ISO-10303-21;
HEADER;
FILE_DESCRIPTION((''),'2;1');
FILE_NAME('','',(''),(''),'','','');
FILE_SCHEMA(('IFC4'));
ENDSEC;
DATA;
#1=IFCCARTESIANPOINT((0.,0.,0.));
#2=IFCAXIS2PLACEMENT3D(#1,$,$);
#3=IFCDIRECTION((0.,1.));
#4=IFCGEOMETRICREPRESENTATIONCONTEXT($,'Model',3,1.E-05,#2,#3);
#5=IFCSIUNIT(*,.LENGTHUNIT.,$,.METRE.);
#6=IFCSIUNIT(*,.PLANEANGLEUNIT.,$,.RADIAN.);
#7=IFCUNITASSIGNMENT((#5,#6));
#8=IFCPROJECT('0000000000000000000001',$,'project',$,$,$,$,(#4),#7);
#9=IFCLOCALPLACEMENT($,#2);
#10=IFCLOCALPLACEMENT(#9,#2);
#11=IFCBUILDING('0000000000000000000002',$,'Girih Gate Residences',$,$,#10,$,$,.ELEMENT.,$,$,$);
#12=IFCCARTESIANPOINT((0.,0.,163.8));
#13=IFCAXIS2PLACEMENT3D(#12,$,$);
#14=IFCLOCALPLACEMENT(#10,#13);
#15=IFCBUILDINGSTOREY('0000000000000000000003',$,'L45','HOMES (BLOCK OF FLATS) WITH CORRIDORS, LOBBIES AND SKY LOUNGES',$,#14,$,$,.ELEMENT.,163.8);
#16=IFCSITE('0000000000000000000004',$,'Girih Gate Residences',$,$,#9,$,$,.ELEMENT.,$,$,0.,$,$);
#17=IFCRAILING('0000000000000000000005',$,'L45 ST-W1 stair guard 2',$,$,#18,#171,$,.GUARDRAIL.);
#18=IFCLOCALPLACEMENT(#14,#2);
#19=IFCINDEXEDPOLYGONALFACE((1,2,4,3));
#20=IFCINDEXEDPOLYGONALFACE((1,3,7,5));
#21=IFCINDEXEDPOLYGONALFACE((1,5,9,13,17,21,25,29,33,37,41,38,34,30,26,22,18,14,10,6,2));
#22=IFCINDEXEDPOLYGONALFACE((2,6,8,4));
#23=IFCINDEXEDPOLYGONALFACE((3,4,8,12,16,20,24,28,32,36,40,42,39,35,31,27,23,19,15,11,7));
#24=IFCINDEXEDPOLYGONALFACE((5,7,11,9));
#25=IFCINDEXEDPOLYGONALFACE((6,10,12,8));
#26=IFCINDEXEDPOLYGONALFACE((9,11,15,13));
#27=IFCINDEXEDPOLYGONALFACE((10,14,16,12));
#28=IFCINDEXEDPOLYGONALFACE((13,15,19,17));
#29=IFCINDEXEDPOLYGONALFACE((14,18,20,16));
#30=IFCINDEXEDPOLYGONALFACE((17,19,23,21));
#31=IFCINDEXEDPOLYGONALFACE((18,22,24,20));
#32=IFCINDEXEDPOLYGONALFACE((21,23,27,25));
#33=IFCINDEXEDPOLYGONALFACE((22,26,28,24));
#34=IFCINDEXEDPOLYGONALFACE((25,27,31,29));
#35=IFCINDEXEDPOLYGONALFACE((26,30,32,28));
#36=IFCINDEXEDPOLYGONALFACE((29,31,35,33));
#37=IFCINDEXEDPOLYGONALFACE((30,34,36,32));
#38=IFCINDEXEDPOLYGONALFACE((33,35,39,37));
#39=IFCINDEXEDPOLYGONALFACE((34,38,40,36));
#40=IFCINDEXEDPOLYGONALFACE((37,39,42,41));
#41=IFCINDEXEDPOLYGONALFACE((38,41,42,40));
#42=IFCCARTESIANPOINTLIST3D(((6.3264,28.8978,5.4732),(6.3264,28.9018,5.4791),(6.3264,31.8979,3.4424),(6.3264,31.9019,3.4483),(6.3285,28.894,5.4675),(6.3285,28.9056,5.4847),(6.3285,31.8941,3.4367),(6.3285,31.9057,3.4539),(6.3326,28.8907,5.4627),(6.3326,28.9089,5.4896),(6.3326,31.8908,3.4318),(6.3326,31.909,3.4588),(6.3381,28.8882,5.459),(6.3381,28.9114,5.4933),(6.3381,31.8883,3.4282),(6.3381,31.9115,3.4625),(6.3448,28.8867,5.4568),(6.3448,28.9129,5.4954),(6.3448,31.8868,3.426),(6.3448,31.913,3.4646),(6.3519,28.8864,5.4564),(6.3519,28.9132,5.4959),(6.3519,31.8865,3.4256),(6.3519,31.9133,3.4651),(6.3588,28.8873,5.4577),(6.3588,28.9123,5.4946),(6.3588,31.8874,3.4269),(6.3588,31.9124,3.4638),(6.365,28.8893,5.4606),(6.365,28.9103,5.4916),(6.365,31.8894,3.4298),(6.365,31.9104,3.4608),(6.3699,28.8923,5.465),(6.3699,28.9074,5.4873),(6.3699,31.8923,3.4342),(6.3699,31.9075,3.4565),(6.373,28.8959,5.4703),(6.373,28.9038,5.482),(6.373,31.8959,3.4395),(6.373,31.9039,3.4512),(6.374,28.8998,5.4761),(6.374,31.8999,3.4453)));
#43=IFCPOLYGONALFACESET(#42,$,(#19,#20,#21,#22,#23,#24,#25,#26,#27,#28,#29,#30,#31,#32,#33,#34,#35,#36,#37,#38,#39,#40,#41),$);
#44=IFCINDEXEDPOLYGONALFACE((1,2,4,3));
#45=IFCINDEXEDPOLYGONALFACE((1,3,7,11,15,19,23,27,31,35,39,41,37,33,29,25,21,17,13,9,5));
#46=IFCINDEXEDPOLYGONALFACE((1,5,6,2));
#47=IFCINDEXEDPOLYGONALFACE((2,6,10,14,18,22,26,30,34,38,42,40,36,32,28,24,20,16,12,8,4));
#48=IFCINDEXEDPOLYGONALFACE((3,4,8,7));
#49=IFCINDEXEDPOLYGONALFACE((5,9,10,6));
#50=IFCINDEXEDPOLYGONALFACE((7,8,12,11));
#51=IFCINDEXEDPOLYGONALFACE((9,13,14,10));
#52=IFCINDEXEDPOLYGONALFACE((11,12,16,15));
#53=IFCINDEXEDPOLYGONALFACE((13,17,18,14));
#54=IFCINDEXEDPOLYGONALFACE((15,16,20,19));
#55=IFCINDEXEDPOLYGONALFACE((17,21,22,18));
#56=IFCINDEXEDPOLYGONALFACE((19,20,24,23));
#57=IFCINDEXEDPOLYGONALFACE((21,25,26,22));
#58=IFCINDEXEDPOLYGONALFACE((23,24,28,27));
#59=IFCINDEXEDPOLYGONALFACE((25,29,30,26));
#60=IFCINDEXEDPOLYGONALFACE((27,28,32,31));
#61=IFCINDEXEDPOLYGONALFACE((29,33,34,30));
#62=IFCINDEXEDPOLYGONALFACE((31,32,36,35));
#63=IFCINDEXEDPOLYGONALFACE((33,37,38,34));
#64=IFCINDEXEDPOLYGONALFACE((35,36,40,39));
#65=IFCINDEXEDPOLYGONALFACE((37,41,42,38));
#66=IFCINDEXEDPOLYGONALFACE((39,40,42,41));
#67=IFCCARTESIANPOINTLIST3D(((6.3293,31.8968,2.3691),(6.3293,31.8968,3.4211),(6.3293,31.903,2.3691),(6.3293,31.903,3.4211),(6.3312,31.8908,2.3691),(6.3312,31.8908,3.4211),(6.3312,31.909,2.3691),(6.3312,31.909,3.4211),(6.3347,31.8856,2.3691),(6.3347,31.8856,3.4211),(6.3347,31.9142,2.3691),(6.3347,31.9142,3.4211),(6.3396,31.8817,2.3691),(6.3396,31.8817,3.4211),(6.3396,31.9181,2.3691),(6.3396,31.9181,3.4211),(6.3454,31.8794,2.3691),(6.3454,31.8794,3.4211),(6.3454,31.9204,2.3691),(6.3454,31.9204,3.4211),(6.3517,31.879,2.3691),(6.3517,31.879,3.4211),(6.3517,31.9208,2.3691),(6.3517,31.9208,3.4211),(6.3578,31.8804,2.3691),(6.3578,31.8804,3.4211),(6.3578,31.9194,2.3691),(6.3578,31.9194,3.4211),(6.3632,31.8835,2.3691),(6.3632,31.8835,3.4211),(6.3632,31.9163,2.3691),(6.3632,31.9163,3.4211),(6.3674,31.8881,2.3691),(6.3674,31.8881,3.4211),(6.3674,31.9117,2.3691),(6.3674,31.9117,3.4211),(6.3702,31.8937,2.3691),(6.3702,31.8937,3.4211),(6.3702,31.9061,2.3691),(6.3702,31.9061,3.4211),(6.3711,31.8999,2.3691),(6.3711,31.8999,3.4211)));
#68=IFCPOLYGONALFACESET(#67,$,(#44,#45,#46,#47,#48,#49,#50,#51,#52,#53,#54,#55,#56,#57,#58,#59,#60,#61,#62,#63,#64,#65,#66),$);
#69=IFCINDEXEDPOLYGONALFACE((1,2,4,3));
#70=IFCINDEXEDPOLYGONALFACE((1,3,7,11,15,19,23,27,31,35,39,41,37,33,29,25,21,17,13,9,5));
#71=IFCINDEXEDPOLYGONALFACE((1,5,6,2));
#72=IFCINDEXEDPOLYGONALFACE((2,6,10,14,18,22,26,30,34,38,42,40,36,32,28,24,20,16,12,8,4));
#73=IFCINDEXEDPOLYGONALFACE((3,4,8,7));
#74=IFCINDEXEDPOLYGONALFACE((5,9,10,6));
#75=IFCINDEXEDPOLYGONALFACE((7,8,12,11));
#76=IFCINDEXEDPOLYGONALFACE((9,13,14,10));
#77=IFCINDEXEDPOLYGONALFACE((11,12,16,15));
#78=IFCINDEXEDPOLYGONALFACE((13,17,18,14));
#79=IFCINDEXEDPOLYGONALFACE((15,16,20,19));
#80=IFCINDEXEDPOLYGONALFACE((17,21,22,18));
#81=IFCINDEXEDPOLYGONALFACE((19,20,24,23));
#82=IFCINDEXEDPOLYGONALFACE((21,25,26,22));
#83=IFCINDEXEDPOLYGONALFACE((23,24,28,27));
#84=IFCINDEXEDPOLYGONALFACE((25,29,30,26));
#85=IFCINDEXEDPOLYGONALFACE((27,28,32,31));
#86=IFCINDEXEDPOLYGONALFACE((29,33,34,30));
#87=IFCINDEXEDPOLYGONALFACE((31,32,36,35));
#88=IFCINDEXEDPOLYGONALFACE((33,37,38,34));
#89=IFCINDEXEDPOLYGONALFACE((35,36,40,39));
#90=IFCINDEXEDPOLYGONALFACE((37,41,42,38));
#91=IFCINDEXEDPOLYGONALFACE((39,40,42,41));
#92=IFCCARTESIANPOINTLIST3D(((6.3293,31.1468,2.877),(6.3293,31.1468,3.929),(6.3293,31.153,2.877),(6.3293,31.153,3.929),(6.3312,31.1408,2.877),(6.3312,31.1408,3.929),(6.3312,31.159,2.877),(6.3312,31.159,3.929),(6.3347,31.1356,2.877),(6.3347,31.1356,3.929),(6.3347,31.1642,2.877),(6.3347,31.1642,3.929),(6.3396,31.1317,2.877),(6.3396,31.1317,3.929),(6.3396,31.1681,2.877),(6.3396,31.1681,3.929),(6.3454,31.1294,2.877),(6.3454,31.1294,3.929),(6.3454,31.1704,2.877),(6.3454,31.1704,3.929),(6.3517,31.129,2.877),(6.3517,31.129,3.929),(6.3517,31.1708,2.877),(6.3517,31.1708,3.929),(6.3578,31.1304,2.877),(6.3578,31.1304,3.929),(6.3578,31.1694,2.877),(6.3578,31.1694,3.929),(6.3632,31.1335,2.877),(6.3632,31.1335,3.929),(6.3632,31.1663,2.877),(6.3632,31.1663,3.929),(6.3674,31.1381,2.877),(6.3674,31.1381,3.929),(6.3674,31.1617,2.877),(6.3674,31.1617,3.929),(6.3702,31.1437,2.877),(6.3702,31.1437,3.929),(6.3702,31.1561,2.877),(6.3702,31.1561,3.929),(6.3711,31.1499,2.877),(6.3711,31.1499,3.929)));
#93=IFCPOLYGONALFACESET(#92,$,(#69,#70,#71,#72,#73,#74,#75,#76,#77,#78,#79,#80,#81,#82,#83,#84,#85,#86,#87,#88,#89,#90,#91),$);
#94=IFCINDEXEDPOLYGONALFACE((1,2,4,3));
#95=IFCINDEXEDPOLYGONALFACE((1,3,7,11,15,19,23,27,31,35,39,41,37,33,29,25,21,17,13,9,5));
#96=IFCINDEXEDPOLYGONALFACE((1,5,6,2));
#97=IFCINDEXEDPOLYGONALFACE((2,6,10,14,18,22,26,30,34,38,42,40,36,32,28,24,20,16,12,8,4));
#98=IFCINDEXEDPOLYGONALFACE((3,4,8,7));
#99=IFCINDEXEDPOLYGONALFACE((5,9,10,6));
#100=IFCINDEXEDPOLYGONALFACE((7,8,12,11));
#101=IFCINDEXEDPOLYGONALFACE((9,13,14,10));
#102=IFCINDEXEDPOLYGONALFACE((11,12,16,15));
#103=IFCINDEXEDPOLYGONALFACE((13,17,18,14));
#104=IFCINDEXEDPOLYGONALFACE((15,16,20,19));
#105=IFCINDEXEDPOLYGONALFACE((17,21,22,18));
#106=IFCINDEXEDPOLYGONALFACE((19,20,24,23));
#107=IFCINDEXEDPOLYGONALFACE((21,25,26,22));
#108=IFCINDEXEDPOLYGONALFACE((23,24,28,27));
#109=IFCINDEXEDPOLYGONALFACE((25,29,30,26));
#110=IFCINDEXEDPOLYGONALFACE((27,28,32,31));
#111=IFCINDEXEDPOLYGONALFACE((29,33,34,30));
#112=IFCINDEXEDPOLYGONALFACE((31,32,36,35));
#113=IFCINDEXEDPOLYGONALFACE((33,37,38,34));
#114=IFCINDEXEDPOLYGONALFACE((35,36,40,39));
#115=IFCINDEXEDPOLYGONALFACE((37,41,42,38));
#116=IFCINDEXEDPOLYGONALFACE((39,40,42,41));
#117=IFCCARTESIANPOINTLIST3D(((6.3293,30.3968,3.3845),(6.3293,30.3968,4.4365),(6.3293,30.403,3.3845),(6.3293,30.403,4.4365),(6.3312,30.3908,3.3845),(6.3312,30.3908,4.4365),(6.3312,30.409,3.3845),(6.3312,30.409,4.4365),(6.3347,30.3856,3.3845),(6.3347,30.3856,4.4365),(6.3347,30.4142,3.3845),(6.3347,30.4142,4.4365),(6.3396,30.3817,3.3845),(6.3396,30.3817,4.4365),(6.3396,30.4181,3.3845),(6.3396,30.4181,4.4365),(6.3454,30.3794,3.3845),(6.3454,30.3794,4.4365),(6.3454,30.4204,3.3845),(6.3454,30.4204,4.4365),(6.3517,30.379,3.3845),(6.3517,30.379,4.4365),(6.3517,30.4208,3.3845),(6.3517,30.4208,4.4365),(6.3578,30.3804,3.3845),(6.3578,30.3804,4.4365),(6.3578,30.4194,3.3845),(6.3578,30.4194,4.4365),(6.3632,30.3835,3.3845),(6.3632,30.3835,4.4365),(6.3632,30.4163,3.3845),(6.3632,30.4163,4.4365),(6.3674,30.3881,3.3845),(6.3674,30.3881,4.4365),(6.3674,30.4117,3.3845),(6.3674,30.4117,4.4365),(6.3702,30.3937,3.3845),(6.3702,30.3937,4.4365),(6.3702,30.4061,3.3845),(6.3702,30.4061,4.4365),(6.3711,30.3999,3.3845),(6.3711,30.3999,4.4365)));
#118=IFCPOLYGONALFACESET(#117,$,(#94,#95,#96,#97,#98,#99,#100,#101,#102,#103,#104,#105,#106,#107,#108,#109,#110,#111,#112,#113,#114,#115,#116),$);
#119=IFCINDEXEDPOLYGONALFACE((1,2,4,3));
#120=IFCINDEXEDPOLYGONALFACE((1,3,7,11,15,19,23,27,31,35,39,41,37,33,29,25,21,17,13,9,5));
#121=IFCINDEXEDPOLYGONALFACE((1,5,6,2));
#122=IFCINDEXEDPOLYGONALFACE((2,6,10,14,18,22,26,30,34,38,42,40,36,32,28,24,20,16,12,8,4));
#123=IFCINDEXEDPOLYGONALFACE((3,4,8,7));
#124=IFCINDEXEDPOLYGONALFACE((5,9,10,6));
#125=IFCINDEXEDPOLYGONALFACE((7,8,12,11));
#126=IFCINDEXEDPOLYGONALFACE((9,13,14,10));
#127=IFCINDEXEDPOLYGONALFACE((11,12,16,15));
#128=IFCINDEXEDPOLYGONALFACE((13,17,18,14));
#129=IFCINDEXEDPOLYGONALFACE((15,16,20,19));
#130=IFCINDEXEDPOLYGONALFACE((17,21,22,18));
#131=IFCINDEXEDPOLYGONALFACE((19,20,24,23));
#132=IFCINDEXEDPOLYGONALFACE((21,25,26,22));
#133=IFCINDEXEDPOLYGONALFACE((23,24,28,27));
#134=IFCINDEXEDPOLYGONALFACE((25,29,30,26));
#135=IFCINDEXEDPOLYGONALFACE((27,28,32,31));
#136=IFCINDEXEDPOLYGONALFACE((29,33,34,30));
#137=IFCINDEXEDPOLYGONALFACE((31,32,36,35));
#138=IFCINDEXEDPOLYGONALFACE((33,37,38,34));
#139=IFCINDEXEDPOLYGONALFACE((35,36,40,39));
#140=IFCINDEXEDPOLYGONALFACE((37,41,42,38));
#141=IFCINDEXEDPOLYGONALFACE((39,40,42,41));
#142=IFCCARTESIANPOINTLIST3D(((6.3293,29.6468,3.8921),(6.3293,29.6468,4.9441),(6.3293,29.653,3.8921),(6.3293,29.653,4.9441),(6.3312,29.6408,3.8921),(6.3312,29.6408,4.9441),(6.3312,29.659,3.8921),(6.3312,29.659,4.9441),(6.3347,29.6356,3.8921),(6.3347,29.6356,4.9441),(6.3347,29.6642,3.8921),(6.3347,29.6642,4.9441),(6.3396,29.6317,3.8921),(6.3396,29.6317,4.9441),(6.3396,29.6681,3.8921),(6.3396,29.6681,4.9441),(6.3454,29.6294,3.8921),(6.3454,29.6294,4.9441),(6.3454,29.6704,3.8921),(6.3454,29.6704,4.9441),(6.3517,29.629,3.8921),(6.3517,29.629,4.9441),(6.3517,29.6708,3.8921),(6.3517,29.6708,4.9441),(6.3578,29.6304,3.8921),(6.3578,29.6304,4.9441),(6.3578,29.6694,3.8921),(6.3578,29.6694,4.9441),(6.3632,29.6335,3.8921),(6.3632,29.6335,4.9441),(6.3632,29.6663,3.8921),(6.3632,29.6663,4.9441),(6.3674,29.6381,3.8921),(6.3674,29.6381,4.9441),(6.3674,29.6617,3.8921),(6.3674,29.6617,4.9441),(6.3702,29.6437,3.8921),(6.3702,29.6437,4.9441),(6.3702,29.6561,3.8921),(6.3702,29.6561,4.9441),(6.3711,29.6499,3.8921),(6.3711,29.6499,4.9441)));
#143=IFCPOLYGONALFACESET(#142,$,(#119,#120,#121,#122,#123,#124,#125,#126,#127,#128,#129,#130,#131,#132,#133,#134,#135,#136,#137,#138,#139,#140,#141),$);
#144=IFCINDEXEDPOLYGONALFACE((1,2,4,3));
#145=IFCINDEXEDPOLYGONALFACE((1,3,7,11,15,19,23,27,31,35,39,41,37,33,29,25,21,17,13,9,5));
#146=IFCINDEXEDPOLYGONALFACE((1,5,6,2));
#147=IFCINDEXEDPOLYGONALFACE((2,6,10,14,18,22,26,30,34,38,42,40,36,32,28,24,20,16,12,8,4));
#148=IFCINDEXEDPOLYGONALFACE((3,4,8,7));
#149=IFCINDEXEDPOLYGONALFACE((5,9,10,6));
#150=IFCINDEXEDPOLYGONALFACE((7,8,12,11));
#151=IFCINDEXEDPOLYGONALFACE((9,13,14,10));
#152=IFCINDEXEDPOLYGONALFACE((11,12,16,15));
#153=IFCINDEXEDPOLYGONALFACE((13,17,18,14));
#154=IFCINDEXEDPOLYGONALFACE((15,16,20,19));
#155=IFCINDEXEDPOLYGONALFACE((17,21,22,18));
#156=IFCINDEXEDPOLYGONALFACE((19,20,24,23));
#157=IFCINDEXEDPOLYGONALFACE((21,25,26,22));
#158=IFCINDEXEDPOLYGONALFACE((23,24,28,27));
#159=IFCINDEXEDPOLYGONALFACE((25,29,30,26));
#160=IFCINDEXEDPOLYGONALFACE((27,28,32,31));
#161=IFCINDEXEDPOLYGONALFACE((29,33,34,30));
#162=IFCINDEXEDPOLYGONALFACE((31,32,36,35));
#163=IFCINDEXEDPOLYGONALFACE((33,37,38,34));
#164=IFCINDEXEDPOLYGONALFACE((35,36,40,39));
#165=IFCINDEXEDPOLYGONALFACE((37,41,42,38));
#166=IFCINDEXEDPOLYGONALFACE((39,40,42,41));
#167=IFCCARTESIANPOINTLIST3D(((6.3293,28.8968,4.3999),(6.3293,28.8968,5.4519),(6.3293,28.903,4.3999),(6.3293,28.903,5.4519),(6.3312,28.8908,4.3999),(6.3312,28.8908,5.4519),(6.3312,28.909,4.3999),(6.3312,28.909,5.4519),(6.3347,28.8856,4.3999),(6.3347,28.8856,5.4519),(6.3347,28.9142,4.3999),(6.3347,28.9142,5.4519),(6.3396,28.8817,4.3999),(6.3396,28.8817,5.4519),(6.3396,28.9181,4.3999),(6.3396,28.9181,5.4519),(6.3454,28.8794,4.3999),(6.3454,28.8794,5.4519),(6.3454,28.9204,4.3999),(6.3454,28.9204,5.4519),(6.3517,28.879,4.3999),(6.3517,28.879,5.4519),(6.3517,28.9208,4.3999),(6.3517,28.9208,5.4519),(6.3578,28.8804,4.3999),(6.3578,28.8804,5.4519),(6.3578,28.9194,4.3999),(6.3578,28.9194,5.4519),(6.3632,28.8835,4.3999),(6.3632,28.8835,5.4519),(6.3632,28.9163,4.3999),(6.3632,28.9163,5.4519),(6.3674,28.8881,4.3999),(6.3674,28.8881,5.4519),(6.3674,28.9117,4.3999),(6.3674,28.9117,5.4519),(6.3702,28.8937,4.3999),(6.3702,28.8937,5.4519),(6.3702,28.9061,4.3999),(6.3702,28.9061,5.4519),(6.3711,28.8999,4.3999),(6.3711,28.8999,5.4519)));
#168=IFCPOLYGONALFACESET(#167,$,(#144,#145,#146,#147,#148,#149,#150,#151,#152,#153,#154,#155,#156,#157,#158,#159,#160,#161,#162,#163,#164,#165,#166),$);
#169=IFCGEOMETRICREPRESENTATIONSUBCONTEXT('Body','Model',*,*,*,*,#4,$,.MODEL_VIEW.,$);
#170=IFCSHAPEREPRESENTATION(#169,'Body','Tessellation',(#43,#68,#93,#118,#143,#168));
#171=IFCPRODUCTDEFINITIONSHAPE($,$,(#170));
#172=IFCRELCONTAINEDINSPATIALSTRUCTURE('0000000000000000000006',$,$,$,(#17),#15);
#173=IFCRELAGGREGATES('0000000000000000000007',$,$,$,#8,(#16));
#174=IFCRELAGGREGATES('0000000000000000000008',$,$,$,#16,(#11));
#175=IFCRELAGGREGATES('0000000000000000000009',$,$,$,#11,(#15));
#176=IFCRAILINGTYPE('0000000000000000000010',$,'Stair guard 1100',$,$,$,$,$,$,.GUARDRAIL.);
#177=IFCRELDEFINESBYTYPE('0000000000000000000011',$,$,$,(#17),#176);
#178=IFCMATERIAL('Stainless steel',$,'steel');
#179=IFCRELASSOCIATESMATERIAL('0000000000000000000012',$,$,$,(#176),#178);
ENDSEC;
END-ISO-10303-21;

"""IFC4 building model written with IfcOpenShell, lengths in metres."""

from ifc_helpers import new_model, si_unit, direction, frame, origin, origin_2d, place, context, subcontext, project, spatial, circle, extrude, material, type_object, element, save


model = new_model("IFC4")

# Units and contexts
model_context = context("Model", 3, precision=1e-05, world=origin(), true_north=direction((0.0, 1.0)))
body_context = subcontext(model_context, "Body", "Model", "MODEL_VIEW")
ifc_project = project(units=[si_unit("LENGTHUNIT", "METRE"), si_unit("PLANEANGLEUNIT", "RADIAN")], contexts=[model_context])

# Site, building, storey
site_placement = place(None, origin())
site = spatial("IfcSite", under=ifc_project, at=site_placement, Name="Girih Gate Residences", CompositionType="ELEMENT", RefElevation=0.0)
building_placement = place(site_placement, origin())
building = spatial("IfcBuilding", under=site, at=building_placement, Name="Girih Gate Residences", CompositionType="ELEMENT")
storey_placement = place(building_placement, frame((0.0, 0.0, 163.8)))
storey = spatial("IfcBuildingStorey", under=building, at=storey_placement, Name="L45", Description="HOMES (BLOCK OF FLATS) WITH CORRIDORS, LOBBIES AND SKY LOUNGES", CompositionType="ELEMENT", Elevation=163.8)

# Railing
ifc_material_1 = material(Name="Stainless steel", Category="steel")
railing_type_1 = type_object("IfcRailingType", Name="Stair guard 1100", PredefinedType="GUARDRAIL", material=ifc_material_1)
railing_1_placement = place(storey_placement, frame((6.3501, 31.8999, 2.3691)))
element("IfcRailing", 1, at=railing_1_placement, inside=storey, type_object=railing_type_1, Name="L45 ST-W1 stair guard 2", PredefinedType="GUARDRAIL", context=body_context, shape_type="SweptSolid", body=[
    extrude(circle(Radius=0.0239, at=origin_2d()), frame((0.0, 0.0, 1.0762), z_axis=(0.0, -0.82811, 0.560565), x_axis=(1.0, 0.0, 0.0)), (0.0, 0.0, 1.0), 3.6228),
    extrude(circle(Radius=0.021, at=origin_2d()), origin(), (0.0, 0.0, 1.0), 1.052),
    extrude(circle(Radius=0.021, at=origin_2d()), frame((0.0, -0.75, 0.5078)), (0.0, 0.0, 1.0), 1.052),
    extrude(circle(Radius=0.021, at=origin_2d()), frame((0.0, -1.5, 1.0154)), (0.0, 0.0, 1.0), 1.052),
    extrude(circle(Radius=0.021, at=origin_2d()), frame((0.0, -2.25, 1.5229)), (0.0, 0.0, 1.0), 1.052),
    extrude(circle(Radius=0.021, at=origin_2d()), frame((0.0, -3.0, 2.0308)), (0.0, 0.0, 1.0), 1.052),
])

save(model, "model.ifc")
